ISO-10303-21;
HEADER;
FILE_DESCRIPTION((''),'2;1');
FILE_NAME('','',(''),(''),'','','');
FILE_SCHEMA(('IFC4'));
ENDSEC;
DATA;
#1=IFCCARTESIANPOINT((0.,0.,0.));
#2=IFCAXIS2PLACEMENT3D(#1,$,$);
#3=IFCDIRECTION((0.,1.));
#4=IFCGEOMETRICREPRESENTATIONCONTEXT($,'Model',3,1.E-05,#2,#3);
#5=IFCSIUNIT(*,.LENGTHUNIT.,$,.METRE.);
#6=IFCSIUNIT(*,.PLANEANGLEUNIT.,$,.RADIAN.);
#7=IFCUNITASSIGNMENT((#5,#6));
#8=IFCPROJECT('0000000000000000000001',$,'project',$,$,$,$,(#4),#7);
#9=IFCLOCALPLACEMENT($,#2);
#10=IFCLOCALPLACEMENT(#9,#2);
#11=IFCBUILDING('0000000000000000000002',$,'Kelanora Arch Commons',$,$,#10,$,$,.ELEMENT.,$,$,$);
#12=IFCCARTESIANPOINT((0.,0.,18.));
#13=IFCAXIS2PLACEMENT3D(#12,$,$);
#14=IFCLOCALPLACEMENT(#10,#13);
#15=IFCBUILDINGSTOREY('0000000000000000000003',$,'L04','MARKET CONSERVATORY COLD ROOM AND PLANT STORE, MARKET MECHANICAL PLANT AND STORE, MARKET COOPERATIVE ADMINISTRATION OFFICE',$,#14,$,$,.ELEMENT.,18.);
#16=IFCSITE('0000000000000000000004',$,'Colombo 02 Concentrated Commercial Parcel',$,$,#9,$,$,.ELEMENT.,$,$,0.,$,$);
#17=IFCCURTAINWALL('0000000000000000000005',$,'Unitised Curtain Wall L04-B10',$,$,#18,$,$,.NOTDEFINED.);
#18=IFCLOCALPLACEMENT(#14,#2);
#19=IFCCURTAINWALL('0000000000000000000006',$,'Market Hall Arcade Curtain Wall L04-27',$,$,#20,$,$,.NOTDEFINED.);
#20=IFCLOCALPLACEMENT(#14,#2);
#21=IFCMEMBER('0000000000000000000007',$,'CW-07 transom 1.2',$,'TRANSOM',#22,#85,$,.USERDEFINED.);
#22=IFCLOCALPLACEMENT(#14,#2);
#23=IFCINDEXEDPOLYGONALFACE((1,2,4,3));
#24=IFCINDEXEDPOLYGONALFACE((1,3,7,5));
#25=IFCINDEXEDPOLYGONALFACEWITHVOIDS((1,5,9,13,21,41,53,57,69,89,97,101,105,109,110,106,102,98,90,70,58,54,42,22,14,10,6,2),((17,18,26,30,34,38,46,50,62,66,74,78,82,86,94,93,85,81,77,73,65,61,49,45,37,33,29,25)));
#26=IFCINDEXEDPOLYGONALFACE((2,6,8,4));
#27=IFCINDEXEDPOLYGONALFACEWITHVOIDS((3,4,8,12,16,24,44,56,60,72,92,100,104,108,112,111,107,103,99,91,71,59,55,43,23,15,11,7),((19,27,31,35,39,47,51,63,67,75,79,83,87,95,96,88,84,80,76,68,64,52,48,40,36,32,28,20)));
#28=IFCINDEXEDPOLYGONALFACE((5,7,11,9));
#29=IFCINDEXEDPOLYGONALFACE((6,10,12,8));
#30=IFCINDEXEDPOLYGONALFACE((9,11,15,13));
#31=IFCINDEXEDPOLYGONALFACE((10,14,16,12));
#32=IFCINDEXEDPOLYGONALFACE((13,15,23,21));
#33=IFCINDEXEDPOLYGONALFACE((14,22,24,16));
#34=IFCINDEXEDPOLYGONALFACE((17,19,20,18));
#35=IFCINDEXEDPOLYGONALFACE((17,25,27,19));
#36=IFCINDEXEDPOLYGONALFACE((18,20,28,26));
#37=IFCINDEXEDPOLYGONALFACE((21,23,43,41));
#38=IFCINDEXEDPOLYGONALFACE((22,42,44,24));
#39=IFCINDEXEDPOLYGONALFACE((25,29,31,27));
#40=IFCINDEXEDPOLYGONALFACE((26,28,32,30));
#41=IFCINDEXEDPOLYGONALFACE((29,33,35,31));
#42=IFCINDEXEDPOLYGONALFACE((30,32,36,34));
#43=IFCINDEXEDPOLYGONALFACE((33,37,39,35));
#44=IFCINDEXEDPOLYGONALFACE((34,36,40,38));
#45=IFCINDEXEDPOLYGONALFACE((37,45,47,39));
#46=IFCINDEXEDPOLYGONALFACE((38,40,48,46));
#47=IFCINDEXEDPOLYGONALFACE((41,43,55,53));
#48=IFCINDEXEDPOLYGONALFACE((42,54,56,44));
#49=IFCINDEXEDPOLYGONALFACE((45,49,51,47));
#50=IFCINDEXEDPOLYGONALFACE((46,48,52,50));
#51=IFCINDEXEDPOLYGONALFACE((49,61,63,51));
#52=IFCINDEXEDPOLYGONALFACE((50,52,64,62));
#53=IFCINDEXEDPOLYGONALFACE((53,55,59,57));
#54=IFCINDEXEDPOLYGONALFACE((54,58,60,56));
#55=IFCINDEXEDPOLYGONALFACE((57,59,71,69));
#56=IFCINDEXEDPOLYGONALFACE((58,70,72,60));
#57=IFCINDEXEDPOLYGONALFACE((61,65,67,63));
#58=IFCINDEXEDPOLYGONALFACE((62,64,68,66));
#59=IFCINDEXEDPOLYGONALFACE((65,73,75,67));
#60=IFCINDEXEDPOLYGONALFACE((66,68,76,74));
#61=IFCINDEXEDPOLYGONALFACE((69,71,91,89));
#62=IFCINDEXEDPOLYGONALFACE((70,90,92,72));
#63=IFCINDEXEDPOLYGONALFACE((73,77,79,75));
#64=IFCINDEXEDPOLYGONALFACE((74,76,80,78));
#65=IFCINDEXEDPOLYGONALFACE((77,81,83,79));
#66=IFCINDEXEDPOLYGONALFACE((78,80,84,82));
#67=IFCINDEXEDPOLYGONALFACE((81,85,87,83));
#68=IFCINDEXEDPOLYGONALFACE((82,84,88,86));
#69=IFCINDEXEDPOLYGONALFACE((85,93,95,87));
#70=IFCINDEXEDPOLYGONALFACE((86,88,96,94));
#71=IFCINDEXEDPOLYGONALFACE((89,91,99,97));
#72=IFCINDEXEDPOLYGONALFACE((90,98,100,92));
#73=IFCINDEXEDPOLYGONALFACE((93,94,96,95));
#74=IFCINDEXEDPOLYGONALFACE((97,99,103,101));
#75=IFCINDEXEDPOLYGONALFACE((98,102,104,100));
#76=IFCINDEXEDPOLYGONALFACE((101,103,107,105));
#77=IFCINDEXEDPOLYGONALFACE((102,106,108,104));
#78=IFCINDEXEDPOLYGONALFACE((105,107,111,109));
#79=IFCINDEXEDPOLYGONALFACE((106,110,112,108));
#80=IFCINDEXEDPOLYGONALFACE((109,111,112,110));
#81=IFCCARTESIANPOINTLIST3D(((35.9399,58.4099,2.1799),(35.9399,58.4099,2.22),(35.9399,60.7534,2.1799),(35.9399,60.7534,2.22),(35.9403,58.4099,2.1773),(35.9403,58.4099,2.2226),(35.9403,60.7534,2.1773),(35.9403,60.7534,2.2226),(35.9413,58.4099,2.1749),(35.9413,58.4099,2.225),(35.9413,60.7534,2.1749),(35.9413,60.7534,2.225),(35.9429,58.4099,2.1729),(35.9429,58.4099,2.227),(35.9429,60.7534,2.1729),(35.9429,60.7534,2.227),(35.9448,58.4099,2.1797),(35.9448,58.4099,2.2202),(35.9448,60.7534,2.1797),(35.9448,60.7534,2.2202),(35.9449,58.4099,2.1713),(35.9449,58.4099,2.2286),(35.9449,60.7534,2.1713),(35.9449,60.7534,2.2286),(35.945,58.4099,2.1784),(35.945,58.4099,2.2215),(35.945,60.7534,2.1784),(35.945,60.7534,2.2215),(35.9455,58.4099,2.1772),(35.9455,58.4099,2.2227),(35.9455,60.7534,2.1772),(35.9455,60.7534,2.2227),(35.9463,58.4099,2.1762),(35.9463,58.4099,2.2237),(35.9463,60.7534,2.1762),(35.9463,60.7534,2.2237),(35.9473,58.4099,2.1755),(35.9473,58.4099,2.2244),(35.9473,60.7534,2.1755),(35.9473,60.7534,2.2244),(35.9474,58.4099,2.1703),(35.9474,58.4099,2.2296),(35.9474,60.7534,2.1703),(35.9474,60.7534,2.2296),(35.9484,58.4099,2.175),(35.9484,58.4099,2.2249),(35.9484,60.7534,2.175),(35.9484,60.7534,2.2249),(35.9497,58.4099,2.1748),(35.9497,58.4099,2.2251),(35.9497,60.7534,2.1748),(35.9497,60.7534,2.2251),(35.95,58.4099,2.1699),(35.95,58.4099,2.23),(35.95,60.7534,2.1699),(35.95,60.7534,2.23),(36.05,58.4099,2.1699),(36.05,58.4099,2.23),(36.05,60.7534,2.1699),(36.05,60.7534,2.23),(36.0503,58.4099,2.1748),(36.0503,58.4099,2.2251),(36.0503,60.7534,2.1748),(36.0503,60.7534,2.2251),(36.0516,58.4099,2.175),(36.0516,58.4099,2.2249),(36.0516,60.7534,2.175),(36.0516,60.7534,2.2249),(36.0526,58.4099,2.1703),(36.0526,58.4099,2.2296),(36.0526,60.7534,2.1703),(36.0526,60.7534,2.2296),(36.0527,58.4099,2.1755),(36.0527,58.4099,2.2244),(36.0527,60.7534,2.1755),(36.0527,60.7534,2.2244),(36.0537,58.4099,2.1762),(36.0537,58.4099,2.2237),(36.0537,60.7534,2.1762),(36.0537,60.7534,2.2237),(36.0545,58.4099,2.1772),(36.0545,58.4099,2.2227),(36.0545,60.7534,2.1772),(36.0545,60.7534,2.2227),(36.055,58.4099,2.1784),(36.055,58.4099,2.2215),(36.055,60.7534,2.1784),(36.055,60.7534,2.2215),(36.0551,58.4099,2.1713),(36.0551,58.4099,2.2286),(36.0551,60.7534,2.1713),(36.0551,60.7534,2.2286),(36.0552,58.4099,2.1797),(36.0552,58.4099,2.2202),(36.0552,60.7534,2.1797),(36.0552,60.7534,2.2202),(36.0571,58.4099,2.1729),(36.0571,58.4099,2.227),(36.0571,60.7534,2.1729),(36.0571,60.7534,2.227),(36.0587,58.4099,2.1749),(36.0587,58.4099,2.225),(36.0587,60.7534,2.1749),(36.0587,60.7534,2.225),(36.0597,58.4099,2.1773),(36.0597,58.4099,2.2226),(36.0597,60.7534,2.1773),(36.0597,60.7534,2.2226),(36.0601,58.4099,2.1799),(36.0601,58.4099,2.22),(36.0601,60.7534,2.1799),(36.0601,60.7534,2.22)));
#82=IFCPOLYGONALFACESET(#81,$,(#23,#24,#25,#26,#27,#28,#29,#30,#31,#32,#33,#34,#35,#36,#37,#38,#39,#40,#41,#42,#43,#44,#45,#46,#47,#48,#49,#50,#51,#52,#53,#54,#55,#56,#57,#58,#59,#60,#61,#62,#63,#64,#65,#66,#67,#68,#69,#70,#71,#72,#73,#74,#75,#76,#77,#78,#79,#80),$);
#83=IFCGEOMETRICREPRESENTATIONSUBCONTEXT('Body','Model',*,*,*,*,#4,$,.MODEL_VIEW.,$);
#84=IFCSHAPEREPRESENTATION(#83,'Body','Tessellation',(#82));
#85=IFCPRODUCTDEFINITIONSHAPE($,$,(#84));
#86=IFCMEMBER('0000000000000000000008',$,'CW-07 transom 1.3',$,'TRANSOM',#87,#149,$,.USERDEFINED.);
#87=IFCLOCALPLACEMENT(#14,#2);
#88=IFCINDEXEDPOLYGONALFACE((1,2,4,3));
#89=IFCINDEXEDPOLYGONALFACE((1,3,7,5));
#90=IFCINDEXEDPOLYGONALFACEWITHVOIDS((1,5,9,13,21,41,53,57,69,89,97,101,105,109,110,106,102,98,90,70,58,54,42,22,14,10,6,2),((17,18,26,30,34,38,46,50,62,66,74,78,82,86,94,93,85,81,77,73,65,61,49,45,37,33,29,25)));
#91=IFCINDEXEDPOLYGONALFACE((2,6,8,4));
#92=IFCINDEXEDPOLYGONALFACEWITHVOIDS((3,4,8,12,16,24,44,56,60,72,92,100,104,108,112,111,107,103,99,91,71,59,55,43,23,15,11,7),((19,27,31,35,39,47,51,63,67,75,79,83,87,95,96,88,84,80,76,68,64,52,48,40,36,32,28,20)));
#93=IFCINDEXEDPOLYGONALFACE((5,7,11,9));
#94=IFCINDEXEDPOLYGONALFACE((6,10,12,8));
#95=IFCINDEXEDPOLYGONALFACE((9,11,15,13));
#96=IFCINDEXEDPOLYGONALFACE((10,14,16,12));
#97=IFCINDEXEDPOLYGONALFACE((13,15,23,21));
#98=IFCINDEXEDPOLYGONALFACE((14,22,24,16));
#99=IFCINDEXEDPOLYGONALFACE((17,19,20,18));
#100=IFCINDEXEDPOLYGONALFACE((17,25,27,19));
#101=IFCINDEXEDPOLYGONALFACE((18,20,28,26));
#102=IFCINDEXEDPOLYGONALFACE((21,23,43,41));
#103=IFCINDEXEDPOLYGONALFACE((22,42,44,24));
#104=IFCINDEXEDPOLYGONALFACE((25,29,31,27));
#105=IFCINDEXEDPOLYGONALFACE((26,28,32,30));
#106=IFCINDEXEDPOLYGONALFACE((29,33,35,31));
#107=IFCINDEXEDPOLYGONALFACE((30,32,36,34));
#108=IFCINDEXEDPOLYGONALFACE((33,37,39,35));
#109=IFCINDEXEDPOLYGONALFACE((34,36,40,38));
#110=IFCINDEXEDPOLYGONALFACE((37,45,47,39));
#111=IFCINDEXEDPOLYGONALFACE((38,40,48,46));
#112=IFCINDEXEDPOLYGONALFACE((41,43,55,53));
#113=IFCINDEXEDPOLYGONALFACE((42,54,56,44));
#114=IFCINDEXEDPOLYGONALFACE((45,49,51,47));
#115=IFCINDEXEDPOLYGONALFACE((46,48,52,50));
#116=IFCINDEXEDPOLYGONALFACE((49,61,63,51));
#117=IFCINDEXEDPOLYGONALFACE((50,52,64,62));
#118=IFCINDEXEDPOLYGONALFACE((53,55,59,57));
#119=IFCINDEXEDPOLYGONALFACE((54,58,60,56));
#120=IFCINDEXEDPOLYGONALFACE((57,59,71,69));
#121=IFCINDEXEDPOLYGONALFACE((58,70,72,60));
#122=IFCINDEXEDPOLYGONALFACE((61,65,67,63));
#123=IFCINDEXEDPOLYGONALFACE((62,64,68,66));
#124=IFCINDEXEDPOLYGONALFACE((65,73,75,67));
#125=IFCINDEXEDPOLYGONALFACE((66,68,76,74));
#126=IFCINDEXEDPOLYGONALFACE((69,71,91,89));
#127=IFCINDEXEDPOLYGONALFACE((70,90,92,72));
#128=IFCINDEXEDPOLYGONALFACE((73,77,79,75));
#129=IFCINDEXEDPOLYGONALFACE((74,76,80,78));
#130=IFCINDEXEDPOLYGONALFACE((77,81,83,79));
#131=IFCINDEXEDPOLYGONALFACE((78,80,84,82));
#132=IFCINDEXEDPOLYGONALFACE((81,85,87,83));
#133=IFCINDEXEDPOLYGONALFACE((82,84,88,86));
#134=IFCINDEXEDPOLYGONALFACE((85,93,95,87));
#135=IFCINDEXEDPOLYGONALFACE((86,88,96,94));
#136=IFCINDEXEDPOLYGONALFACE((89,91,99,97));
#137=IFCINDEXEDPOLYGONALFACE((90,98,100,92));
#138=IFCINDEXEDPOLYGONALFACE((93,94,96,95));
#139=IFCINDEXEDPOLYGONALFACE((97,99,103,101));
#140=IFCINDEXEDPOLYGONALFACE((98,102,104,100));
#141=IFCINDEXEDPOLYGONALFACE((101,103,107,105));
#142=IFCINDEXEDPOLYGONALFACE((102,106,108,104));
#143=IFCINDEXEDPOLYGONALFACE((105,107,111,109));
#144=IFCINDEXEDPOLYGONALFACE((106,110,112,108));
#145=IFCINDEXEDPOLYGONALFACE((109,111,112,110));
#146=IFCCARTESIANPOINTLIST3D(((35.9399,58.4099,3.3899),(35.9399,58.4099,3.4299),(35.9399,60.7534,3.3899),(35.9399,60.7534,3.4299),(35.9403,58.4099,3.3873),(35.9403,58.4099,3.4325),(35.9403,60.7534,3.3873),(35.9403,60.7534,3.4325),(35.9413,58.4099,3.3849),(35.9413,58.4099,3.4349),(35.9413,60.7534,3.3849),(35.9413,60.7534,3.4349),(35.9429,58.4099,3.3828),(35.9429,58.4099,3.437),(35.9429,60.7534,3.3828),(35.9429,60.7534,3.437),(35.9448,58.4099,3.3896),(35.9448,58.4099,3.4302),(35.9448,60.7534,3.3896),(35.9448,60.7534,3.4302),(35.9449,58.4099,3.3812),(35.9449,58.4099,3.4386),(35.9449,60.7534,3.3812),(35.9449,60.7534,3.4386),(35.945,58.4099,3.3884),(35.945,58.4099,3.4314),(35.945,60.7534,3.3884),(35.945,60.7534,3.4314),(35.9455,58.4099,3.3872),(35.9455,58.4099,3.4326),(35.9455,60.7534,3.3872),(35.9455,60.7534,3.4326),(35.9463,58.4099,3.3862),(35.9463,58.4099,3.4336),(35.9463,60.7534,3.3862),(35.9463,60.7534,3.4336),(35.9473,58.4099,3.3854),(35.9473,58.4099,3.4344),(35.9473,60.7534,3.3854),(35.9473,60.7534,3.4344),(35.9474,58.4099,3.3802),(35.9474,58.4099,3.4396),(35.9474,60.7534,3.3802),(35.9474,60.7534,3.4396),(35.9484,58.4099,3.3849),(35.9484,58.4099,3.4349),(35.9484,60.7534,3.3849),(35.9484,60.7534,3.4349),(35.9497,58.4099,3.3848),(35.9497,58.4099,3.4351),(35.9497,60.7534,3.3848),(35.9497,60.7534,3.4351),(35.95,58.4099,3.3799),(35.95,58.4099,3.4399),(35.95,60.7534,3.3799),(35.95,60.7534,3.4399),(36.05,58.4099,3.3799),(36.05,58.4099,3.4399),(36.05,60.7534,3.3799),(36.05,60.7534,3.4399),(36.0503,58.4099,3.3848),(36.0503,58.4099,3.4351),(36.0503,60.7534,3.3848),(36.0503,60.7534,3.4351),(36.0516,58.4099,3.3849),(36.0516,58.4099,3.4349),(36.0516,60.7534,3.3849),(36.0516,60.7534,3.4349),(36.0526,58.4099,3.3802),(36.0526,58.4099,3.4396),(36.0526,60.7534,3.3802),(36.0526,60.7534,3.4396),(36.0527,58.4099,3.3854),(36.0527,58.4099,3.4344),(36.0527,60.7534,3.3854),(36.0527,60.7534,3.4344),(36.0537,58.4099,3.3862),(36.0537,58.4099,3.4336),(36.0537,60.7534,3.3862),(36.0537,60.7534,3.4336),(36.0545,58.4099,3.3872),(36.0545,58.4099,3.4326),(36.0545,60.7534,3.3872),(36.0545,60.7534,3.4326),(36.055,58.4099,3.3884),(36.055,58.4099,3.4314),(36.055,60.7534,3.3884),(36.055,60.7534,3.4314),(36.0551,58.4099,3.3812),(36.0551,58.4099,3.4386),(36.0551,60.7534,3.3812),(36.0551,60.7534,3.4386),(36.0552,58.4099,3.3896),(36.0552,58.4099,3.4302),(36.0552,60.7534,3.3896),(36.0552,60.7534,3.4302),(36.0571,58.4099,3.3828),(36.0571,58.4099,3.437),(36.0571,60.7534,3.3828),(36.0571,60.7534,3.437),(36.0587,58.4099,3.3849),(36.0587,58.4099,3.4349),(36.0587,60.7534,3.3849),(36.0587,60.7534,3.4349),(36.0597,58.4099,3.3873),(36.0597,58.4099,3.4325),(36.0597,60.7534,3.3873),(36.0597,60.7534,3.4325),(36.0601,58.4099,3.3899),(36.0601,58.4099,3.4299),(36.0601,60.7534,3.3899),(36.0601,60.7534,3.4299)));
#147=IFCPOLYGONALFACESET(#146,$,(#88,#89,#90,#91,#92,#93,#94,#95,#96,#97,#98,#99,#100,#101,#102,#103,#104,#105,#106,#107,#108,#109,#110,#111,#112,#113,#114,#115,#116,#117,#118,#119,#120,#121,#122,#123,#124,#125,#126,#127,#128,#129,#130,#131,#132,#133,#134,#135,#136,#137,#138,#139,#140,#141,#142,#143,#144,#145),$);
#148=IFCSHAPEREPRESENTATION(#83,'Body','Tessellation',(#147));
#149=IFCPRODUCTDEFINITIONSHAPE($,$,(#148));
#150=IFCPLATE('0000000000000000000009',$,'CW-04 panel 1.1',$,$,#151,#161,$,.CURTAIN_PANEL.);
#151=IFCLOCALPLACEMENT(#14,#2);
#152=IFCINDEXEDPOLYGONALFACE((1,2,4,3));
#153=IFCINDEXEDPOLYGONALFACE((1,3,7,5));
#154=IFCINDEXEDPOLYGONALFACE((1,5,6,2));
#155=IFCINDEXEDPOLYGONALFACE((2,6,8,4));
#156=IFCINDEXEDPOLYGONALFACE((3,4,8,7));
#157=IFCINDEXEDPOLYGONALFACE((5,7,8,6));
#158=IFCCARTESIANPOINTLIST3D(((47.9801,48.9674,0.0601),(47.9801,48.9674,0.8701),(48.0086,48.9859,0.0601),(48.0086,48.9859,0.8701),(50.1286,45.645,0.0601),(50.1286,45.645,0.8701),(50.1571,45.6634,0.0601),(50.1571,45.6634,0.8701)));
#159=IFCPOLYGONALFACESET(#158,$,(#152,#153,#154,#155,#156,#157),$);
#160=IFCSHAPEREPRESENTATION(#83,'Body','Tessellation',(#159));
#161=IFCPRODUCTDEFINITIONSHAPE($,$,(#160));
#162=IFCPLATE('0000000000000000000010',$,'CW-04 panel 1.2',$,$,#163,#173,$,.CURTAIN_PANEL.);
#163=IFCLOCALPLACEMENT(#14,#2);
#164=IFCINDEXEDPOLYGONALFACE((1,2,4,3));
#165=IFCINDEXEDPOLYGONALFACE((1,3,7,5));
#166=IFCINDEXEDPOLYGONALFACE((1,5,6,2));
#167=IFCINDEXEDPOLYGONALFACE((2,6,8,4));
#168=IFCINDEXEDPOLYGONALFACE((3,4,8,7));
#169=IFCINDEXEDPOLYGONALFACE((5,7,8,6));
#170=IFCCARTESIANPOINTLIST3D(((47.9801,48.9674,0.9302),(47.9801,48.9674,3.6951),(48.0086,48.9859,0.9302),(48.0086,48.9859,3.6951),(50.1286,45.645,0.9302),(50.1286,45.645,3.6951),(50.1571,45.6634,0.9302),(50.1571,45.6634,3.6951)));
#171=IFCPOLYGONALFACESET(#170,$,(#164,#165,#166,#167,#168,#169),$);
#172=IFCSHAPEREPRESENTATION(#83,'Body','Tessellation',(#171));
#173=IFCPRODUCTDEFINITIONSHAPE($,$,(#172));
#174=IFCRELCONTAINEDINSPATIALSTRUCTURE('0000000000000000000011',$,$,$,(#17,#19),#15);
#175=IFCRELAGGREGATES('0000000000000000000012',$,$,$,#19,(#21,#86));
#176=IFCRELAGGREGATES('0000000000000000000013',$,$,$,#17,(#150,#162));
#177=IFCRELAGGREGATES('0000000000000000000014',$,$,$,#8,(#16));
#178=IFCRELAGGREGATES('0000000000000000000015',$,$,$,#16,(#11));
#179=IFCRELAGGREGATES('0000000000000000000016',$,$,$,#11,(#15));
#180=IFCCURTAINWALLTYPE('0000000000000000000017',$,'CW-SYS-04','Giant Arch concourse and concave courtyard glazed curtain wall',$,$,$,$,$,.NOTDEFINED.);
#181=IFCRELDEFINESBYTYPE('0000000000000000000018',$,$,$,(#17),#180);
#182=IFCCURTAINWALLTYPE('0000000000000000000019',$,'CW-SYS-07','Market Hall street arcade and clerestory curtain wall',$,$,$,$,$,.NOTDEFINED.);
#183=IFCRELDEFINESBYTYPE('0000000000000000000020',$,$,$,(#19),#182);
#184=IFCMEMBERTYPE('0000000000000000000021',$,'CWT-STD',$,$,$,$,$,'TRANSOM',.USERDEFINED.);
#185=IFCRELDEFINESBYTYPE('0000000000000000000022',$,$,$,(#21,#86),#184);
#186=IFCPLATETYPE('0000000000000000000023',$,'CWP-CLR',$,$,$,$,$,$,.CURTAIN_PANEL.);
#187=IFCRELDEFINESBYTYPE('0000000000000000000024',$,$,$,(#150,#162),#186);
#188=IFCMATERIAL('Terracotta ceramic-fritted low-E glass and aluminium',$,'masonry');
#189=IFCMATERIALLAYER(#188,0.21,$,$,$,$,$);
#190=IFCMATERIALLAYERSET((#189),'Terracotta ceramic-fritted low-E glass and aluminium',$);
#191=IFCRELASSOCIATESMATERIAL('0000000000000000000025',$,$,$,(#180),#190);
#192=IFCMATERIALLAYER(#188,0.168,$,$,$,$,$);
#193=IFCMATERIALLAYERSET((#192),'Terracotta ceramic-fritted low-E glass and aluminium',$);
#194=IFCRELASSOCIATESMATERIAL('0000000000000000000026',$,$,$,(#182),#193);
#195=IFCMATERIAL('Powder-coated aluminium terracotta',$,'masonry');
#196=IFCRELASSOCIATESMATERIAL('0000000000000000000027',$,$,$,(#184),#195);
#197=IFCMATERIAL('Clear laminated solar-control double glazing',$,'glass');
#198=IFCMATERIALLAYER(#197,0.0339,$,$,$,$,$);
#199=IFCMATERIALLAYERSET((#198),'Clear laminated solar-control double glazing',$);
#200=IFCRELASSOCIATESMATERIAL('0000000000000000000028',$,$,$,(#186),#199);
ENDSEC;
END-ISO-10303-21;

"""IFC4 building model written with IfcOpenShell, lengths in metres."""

from ifc_helpers import new_model, si_unit, direction, frame, origin, origin_2d, place, context, subcontext, project, spatial, rectangle, hollow_rectangle, extrude, source, transform, mapped, material, layer, layer_set, material_profile, profile_set, type_object, element, aggregate, save


model = new_model("IFC4")

# Units and contexts
model_context = context("Model", 3, precision=1e-05, world=origin(), true_north=direction((0.0, 1.0)))
body_context = subcontext(model_context, "Body", "Model", "MODEL_VIEW")
ifc_project = project(units=[si_unit("LENGTHUNIT", "METRE"), si_unit("PLANEANGLEUNIT", "RADIAN")], contexts=[model_context])

# Site, building, storey
site_placement = place(None, origin())
site = spatial("IfcSite", under=ifc_project, at=site_placement, Name="Colombo 02 Concentrated Commercial Parcel", CompositionType="ELEMENT", RefElevation=0.0)
building_placement = place(site_placement, origin())
building = spatial("IfcBuilding", under=site, at=building_placement, Name="Kelanora Arch Commons", CompositionType="ELEMENT")
storey_placement = place(building_placement, frame((0.0, 0.0, 18.0)))
storey = spatial("IfcBuildingStorey", under=building, at=storey_placement, Name="L04", Description="MARKET CONSERVATORY COLD ROOM AND PLANT STORE, MARKET MECHANICAL PLANT AND STORE, MARKET COOPERATIVE ADMINISTRATION OFFICE", CompositionType="ELEMENT", Elevation=18.0)

# Curtain walls
ifc_material_1 = material(Name="Terracotta ceramic-fritted low-E glass and aluminium", Category="masonry")
ifc_layer_1 = layer(ifc_material_1, 0.21)
ifc_layer_set_1 = layer_set([ifc_layer_1], Name="Terracotta ceramic-fritted low-E glass and aluminium")
curtain_wall_type_1 = type_object("IfcCurtainWallType", Name="CW-SYS-04", Description="Giant Arch concourse and concave courtyard glazed curtain wall", PredefinedType="NOTDEFINED", material=ifc_layer_set_1)
ifc_material_2 = material(Name="Powder-coated aluminium terracotta", Category="masonry")
curtain_wall_1_placement = place(storey_placement, origin())
curtain_wall_1 = element("IfcCurtainWall", 1, at=curtain_wall_1_placement, inside=storey, type_object=curtain_wall_type_1, Name="Unitised Curtain Wall L04-B10", PredefinedType="NOTDEFINED")
ifc_layer_2 = layer(ifc_material_1, 0.168)
ifc_layer_set_2 = layer_set([ifc_layer_2], Name="Terracotta ceramic-fritted low-E glass and aluminium")
curtain_wall_type_2 = type_object("IfcCurtainWallType", Name="CW-SYS-07", Description="Market Hall street arcade and clerestory curtain wall", PredefinedType="NOTDEFINED", material=ifc_layer_set_2)
curtain_wall_2_placement = place(storey_placement, origin())
curtain_wall_2 = element("IfcCurtainWall", 2, at=curtain_wall_2_placement, inside=storey, type_object=curtain_wall_type_2, Name="Market Hall Arcade Curtain Wall L04-27", PredefinedType="NOTDEFINED")

# Members
ifc_material_profile_1 = material_profile(ifc_material_2, hollow_rectangle(XDim=0.1201, YDim=0.0601, WallThickness=0.0049, InnerFilletRadius=0.0049, OuterFilletRadius=0.01, at=origin_2d()), Name="CWT120x60")
ifc_profile_set_1 = profile_set([ifc_material_profile_1], Name="Powder-coated aluminium terracotta")
member_type_1 = type_object("IfcMemberType", Name="CWT-STD", ElementType="TRANSOM", PredefinedType="USERDEFINED", material=ifc_profile_set_1)
member_1_placement = place(storey_placement, frame((36.0, 58.4099, 2.2), z_axis=(0.0, 1.0, 0.0), x_axis=(-1.0, 0.0, 0.0)))
member_1 = element("IfcMember", 3, at=member_1_placement, type_object=member_type_1, Name="CW-07 transom 1.2", ObjectType="TRANSOM", PredefinedType="USERDEFINED", context=body_context, shape_type="SweptSolid", body=[
    extrude(hollow_rectangle(XDim=0.1201, YDim=0.0601, WallThickness=0.0049, InnerFilletRadius=0.0049, OuterFilletRadius=0.01, at=origin_2d()), origin(), (0.0, 0.0, 1.0), 2.3435),
])
member_2_placement = place(storey_placement, frame((36.0, 58.4099, 3.4099), z_axis=(0.0, 1.0, 0.0), x_axis=(-1.0, 0.0, 0.0)))
member_2 = element("IfcMember", 4, at=member_2_placement, type_object=member_type_1, Name="CW-07 transom 1.3", ObjectType="TRANSOM", PredefinedType="USERDEFINED", context=body_context, shape_type="SweptSolid", body=[
    extrude(hollow_rectangle(XDim=0.1201, YDim=0.0601, WallThickness=0.0049, InnerFilletRadius=0.0049, OuterFilletRadius=0.01, at=origin_2d()), origin(), (0.0, 0.0, 1.0), 2.3435),
])
aggregate(curtain_wall_2, [member_1, member_2])

# Plates
ifc_material_3 = material(Name="Clear laminated solar-control double glazing", Category="glass")
ifc_layer_3 = layer(ifc_material_3, 0.0339)
ifc_layer_set_3 = layer_set([ifc_layer_3], Name="Clear laminated solar-control double glazing")
plate_type = type_object("IfcPlateType", Name="CWP-CLR", PredefinedType="CURTAIN_PANEL", material=ifc_layer_set_3)
shared_shape_1 = source(origin(), body_context, "Body", "SweptSolid", [
    extrude(rectangle(XDim=3.9565, YDim=0.0339, at=origin_2d()), origin(), (0.0, 0.0, 1.0), 0.8101),
])
plate_1_placement = place(storey_placement, frame((49.0686, 47.3154, 0.0601), z_axis=(0.0, 0.0, 1.0), x_axis=(0.543006, -0.839729, 0.0)))
plate_1 = element("IfcPlate", 5, at=plate_1_placement, type_object=plate_type, Name="CW-04 panel 1.1", PredefinedType="CURTAIN_PANEL", context=body_context, shape_type="MappedRepresentation", body=[
    mapped(shared_shape_1, transform((0.0, 0.0, 0.0), scale=1.0)),
])
shared_shape_2 = source(origin(), body_context, "Body", "SweptSolid", [
    extrude(rectangle(XDim=3.9565, YDim=0.0339, at=origin_2d()), origin(), (0.0, 0.0, 1.0), 2.7649),
])
plate_2_placement = place(storey_placement, frame((49.0686, 47.3154, 0.9302), z_axis=(0.0, 0.0, 1.0), x_axis=(0.543006, -0.839729, 0.0)))
plate_2 = element("IfcPlate", 6, at=plate_2_placement, type_object=plate_type, Name="CW-04 panel 1.2", PredefinedType="CURTAIN_PANEL", context=body_context, shape_type="MappedRepresentation", body=[
    mapped(shared_shape_2, transform((0.0, 0.0, 0.0), scale=1.0)),
])
aggregate(curtain_wall_1, [plate_1, plate_2])

save(model, "model.ifc")
